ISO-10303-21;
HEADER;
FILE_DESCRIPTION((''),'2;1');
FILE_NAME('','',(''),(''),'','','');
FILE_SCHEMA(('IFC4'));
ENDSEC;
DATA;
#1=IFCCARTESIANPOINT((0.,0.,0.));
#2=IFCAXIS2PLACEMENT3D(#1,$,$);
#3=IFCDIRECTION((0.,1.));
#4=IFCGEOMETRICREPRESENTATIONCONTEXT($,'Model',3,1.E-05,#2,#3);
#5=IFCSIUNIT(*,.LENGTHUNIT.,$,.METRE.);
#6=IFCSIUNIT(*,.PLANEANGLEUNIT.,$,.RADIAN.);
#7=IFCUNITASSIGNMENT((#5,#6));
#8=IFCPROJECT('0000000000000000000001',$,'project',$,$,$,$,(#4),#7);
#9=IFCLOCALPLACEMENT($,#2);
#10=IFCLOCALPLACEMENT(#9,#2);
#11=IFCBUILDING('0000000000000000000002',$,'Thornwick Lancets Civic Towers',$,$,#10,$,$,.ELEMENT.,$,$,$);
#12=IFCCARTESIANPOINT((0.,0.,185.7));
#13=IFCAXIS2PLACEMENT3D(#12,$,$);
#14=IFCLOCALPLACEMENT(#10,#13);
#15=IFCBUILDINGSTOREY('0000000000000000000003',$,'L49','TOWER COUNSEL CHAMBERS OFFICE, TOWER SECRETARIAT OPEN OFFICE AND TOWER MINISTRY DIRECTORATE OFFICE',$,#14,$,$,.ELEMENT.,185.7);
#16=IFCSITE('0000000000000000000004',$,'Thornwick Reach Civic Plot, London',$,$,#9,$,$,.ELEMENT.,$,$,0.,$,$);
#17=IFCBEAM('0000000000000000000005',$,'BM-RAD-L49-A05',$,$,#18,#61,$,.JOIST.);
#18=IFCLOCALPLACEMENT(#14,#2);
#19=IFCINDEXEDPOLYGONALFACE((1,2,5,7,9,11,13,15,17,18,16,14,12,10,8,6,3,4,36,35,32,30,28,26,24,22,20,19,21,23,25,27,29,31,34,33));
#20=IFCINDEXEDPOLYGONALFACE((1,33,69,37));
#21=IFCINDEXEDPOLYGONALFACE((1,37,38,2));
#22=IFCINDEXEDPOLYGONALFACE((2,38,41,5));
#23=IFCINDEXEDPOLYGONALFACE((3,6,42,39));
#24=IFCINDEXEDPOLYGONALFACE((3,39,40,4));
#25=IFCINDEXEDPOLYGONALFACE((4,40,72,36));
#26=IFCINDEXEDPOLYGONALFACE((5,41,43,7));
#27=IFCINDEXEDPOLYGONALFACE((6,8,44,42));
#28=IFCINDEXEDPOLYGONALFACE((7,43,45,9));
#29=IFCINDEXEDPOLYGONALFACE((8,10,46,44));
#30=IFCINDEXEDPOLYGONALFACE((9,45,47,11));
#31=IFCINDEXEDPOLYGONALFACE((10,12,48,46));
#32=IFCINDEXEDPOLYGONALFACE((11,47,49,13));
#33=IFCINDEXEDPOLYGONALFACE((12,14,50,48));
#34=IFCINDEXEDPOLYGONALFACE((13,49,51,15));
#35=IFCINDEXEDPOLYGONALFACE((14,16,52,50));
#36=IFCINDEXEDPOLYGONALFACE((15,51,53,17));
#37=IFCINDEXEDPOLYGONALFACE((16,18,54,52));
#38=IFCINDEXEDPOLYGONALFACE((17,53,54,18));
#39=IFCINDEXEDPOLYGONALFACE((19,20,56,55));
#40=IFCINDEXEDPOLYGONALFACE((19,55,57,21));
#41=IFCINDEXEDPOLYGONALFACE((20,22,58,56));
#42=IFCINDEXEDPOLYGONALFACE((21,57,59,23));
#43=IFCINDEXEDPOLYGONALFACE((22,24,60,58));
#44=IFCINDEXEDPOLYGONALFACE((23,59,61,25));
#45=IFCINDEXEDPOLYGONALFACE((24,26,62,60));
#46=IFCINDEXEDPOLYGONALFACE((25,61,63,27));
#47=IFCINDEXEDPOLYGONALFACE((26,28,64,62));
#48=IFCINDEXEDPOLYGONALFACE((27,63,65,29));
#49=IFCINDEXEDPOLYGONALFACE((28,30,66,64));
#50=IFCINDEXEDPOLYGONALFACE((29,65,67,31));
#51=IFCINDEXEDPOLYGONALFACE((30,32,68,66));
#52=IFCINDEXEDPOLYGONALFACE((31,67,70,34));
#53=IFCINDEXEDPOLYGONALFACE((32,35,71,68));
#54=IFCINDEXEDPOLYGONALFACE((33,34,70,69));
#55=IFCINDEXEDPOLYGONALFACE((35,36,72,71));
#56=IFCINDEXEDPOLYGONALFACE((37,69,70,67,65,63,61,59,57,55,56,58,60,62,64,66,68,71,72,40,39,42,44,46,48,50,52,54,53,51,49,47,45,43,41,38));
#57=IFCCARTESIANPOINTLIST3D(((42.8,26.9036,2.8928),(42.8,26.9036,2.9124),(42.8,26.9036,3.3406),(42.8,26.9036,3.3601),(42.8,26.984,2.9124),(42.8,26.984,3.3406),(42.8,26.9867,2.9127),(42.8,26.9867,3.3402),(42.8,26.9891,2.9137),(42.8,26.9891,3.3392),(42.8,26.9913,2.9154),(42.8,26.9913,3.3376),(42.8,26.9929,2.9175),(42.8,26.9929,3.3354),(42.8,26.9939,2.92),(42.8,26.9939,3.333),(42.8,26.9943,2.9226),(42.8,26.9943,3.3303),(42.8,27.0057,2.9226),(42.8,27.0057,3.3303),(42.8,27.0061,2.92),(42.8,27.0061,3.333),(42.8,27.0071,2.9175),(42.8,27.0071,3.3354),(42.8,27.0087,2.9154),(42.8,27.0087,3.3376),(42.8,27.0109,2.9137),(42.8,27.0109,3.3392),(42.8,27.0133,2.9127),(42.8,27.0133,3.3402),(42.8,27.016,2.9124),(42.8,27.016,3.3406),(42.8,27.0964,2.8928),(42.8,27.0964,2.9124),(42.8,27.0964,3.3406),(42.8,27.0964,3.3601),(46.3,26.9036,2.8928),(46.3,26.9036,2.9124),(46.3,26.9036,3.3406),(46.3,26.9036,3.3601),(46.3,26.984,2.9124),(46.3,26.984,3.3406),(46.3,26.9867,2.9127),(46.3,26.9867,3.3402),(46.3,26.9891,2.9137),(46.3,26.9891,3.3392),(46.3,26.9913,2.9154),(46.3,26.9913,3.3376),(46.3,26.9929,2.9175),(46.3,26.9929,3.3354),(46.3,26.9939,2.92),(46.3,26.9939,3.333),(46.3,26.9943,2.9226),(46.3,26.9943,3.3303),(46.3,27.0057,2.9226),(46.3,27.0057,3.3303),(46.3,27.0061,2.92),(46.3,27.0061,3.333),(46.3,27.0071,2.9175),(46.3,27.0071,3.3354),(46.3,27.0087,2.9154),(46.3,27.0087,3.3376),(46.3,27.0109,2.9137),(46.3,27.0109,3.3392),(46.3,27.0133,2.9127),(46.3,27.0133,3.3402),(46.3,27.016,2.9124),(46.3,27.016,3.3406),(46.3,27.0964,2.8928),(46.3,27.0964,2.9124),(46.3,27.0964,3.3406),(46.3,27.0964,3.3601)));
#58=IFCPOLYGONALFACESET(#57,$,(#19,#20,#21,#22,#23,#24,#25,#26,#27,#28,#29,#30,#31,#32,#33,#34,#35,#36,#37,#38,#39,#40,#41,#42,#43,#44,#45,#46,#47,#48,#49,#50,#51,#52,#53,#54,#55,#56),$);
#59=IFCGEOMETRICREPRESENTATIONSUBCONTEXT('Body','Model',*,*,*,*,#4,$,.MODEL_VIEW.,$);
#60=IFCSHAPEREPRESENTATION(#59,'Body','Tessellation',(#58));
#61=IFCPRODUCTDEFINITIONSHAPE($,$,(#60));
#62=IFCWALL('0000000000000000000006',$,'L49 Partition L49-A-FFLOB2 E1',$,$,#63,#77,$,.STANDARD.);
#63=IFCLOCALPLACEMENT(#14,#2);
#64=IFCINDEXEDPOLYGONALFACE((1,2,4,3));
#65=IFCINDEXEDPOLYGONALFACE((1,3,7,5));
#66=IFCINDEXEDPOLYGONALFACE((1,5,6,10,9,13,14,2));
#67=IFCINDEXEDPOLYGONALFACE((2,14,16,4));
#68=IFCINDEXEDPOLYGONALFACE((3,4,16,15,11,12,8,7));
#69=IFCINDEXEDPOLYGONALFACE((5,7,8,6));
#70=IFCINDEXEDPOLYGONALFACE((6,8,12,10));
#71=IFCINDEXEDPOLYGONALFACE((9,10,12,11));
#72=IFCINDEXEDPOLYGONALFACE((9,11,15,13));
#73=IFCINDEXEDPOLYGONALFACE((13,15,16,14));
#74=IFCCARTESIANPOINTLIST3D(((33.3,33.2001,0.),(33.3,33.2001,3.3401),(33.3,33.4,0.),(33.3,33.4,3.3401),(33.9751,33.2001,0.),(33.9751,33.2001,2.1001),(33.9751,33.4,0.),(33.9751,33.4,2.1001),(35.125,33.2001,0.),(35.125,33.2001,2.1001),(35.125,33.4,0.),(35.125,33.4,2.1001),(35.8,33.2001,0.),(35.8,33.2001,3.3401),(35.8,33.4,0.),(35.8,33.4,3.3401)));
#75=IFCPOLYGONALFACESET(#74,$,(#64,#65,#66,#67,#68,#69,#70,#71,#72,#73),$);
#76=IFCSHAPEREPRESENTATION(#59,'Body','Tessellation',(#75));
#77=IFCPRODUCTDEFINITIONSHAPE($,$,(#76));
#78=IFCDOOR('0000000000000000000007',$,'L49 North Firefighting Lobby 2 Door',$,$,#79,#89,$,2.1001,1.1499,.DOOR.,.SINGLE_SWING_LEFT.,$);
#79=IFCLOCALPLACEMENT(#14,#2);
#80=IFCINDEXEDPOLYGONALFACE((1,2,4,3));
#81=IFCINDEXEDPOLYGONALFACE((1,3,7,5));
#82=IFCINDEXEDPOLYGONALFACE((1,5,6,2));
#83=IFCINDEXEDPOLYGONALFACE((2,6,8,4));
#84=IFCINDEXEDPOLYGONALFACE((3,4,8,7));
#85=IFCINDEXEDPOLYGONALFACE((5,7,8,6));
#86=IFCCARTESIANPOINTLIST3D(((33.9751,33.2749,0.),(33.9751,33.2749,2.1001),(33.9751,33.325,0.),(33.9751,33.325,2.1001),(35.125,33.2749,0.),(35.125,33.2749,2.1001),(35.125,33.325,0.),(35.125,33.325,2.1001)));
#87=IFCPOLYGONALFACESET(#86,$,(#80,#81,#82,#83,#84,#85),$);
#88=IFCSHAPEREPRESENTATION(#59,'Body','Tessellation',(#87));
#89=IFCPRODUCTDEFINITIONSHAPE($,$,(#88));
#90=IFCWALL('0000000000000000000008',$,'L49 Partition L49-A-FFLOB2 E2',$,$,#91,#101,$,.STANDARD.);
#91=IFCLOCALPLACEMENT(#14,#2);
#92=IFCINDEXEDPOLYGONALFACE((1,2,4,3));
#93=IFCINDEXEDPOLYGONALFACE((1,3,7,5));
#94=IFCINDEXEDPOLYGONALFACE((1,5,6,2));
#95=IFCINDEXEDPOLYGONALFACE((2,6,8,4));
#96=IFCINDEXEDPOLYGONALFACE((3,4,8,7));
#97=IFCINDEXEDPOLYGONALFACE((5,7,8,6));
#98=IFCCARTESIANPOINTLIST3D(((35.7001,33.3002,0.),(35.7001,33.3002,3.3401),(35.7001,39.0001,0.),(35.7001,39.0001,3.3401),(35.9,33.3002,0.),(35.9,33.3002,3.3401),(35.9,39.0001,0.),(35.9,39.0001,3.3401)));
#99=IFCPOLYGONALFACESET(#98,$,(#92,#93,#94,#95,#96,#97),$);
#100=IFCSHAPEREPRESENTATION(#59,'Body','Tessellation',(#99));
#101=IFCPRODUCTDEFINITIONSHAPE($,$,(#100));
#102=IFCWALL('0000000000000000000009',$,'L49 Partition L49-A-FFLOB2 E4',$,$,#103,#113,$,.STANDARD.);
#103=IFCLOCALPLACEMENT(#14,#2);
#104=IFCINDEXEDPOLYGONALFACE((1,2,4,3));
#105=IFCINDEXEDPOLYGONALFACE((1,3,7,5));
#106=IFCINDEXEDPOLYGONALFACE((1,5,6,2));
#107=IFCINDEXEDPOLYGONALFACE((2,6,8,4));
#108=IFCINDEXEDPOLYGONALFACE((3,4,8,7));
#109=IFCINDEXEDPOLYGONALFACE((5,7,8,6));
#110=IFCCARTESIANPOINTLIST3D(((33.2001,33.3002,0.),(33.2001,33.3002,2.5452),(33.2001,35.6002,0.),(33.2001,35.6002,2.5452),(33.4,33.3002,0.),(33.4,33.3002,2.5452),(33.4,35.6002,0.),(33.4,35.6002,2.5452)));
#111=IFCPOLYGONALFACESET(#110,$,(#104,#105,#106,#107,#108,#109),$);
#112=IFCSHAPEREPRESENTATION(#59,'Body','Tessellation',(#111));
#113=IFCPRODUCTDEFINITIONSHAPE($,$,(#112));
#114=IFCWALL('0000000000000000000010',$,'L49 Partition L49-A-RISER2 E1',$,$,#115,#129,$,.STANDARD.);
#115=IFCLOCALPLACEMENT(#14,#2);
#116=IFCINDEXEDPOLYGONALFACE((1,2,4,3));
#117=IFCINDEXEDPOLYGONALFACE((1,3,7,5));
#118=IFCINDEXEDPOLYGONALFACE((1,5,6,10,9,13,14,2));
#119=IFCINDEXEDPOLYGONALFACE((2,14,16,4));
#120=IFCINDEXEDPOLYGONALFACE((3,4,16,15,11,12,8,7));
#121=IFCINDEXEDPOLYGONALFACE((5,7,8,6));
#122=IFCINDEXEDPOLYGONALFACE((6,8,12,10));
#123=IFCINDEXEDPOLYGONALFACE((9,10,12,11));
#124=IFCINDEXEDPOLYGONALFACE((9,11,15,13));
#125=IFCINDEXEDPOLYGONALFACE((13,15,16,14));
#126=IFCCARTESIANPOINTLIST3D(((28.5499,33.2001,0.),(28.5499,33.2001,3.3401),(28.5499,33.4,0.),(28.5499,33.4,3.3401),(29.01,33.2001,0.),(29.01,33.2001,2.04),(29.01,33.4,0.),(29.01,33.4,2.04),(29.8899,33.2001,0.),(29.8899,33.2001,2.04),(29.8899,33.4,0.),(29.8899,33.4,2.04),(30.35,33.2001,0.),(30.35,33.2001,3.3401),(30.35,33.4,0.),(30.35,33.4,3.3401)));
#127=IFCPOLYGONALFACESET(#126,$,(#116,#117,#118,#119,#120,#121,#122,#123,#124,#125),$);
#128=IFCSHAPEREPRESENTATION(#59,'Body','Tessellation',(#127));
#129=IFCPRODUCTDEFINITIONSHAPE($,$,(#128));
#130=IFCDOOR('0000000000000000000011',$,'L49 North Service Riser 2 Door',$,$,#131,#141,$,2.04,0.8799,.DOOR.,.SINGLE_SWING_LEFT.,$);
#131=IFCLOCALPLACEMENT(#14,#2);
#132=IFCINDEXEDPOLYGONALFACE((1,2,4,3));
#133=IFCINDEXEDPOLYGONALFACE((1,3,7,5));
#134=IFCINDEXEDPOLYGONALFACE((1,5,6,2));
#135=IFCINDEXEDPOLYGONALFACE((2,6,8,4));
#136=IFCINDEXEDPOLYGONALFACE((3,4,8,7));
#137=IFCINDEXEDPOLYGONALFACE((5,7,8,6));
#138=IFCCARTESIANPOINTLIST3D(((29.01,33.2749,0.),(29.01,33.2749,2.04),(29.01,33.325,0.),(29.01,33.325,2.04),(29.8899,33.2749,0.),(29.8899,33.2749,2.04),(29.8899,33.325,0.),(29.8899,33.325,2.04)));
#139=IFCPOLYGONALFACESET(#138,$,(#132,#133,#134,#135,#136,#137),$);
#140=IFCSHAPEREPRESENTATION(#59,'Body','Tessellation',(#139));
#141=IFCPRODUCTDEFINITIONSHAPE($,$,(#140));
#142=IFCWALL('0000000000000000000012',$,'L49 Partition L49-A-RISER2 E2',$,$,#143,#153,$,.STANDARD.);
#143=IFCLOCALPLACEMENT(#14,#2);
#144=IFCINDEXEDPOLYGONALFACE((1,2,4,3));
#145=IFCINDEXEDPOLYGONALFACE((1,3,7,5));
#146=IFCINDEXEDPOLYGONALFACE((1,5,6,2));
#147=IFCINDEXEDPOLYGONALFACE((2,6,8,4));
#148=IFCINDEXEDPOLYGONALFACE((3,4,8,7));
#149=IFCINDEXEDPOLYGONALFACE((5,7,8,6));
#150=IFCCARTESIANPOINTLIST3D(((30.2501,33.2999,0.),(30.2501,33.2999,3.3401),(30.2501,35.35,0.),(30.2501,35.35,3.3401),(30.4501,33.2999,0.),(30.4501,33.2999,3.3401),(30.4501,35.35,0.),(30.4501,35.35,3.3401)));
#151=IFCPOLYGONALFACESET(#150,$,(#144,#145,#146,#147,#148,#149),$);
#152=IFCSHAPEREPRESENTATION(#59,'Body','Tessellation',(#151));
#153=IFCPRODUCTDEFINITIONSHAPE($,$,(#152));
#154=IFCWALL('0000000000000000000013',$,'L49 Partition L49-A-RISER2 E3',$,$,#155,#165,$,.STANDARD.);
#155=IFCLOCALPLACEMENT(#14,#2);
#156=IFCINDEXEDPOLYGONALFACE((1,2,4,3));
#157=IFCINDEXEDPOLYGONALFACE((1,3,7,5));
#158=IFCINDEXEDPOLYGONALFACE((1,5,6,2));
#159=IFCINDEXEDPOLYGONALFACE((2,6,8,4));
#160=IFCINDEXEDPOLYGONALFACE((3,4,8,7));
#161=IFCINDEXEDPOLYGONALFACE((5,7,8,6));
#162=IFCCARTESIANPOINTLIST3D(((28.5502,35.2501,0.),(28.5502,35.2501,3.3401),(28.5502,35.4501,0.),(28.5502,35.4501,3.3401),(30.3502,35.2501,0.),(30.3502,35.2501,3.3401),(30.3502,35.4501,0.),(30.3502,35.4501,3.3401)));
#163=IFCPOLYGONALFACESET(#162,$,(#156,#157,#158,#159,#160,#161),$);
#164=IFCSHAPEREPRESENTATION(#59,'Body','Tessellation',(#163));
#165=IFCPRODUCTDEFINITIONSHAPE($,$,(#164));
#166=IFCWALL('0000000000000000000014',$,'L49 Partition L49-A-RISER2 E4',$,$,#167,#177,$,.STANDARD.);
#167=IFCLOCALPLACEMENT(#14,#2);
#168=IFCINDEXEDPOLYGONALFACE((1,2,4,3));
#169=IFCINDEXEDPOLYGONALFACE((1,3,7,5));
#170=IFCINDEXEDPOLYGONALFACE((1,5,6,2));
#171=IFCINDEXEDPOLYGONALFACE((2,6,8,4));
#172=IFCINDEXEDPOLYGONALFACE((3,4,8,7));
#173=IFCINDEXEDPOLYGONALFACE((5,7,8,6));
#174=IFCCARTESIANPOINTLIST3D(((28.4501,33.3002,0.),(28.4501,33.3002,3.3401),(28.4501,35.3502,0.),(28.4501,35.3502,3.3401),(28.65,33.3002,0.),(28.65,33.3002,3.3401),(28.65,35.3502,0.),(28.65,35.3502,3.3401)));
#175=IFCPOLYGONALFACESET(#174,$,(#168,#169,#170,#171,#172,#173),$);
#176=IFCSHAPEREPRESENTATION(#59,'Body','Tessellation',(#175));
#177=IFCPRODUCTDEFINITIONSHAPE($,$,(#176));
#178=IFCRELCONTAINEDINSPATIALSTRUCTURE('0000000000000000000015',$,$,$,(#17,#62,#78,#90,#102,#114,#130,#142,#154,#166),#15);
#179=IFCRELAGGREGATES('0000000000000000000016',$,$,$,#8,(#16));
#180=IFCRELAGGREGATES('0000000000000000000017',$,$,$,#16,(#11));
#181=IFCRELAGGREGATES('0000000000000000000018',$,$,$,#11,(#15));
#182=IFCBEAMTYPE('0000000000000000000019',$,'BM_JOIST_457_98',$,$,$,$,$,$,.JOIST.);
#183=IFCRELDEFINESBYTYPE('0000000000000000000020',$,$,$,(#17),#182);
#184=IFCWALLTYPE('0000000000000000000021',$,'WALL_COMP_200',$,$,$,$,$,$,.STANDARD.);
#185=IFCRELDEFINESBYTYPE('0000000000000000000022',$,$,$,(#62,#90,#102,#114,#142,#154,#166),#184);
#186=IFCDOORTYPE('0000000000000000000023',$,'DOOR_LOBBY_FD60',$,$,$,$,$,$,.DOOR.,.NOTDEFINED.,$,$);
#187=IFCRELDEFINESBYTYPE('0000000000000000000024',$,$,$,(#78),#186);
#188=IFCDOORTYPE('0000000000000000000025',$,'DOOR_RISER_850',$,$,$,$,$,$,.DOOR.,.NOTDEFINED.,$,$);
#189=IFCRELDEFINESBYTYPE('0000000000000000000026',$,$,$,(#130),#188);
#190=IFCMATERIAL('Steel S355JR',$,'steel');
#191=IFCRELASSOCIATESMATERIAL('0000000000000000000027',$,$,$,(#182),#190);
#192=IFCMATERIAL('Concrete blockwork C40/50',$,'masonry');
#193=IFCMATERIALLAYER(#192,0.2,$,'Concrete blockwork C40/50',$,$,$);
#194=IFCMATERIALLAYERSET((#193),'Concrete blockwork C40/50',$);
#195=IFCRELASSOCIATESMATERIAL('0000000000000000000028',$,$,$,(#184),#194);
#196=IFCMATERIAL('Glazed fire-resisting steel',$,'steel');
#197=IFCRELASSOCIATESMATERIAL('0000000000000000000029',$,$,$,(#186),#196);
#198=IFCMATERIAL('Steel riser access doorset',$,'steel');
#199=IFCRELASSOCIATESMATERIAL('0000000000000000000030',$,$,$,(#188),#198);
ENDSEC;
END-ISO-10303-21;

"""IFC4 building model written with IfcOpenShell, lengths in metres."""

from ifc_helpers import new_model, si_unit, direction, frame, frame_2d, origin, origin_2d, place, context, subcontext, project, spatial, rectangle, i_section, extrude, material, layer, layer_set, material_profile, profile_set, type_object, element, fill, save


model = new_model("IFC4")

# Units and contexts
model_context = context("Model", 3, precision=1e-05, world=origin(), true_north=direction((0.0, 1.0)))
body_context = subcontext(model_context, "Body", "Model", "MODEL_VIEW")
ifc_project = project(units=[si_unit("LENGTHUNIT", "METRE"), si_unit("PLANEANGLEUNIT", "RADIAN")], contexts=[model_context])

# Site, building, storey
site_placement = place(None, origin())
site = spatial("IfcSite", under=ifc_project, at=site_placement, Name="Thornwick Reach Civic Plot, London", CompositionType="ELEMENT", RefElevation=0.0)
building_placement = place(site_placement, origin())
building = spatial("IfcBuilding", under=site, at=building_placement, Name="Thornwick Lancets Civic Towers", CompositionType="ELEMENT")
storey_placement = place(building_placement, frame((0.0, 0.0, 185.7)))
storey = spatial("IfcBuildingStorey", under=building, at=storey_placement, Name="L49", Description="TOWER COUNSEL CHAMBERS OFFICE, TOWER SECRETARIAT OPEN OFFICE AND TOWER MINISTRY DIRECTORATE OFFICE", CompositionType="ELEMENT", Elevation=185.7)

# Beam
ifc_material_1 = material(Name="Steel S355JR", Category="steel")
ifc_material_profile_1 = material_profile(ifc_material_1, i_section(OverallWidth=0.1929, OverallDepth=0.4673, WebThickness=0.0115, FlangeThickness=0.0195, FilletRadius=0.0103, at=origin_2d()), Name="UKB 457x191x98")
ifc_profile_set_1 = profile_set([ifc_material_profile_1], Name="Steel S355JR")
beam_type_1 = type_object("IfcBeamType", Name="BM_JOIST_457_98", PredefinedType="JOIST", material=ifc_profile_set_1)
beam_1_placement = place(storey_placement, frame((42.8, 27.0, 3.1265), z_axis=(1.0, 0.0, 0.0), x_axis=(0.0, 1.0, 0.0)))
element("IfcBeam", 1, at=beam_1_placement, inside=storey, type_object=beam_type_1, Name="BM-RAD-L49-A05", PredefinedType="JOIST", context=body_context, shape_type="SweptSolid", body=[
    extrude(i_section(OverallWidth=0.1929, OverallDepth=0.4673, WebThickness=0.0115, FlangeThickness=0.0195, FilletRadius=0.0103, at=origin_2d()), origin(), (0.0, 0.0, 1.0), 3.5),
])

# Wall, opening, door
ifc_material_2 = material(Name="Concrete blockwork C40/50", Category="masonry")
ifc_layer_1 = layer(ifc_material_2, 0.2, Name="Concrete blockwork C40/50")
ifc_layer_set_1 = layer_set([ifc_layer_1], Name="Concrete blockwork C40/50")
wall_type_1 = type_object("IfcWallType", Name="WALL_COMP_200", PredefinedType="STANDARD", material=ifc_layer_set_1)
wall_1_placement = place(storey_placement, frame((33.3, 33.3, 0.0), z_axis=(0.0, 0.0, 1.0), x_axis=(1.0, 0.0, 0.0)))
wall_1 = element("IfcWall", 2, at=wall_1_placement, inside=storey, type_object=wall_type_1, Name="L49 Partition L49-A-FFLOB2 E1", PredefinedType="STANDARD", context=body_context, shape_type="SweptSolid", body=[
    extrude(rectangle(XDim=2.5, YDim=0.2, at=frame_2d((1.25, 0.0))), origin(), (0.0, 0.0, 1.0), 3.3401),
])
opening_1_placement = place(wall_1_placement, frame((0.675, 0.0, 0.0)))
opening_1 = element("IfcOpeningElement", 3, at=opening_1_placement, cuts=wall_1, PredefinedType="OPENING", context=body_context, shape_type="SweptSolid", body=[
    extrude(rectangle(XDim=1.1499, YDim=2.1001, at=frame_2d((0.575, 1.05))), frame((0.0, 0.1099, 0.0), z_axis=(0.0, -1.0, 0.0), x_axis=(1.0, 0.0, 0.0)), (0.0, 0.0, 1.0), 0.22),
])
ifc_material_3 = material(Name="Glazed fire-resisting steel", Category="steel")
door_type_1 = type_object("IfcDoorType", Name="DOOR_LOBBY_FD60", OperationType="NOTDEFINED", PredefinedType="DOOR", material=ifc_material_3)
door_1_placement = place(opening_1_placement, origin())
door_1 = element("IfcDoor", 4, at=door_1_placement, inside=storey, type_object=door_type_1, Name="L49 North Firefighting Lobby 2 Door", OperationType="SINGLE_SWING_LEFT", OverallHeight=2.1001, OverallWidth=1.1499, PredefinedType="DOOR", context=body_context, shape_type="SweptSolid", body=[
    extrude(rectangle(XDim=1.1499, YDim=2.1001, at=frame_2d((0.575, 1.05))), frame((0.0, 0.0249, 0.0), z_axis=(0.0, -1.0, 0.0), x_axis=(1.0, 0.0, 0.0)), (0.0, 0.0, 1.0), 0.05),
])
fill(opening_1, door_1)

# Walls
wall_2_placement = place(storey_placement, frame((35.8, 33.3, 0.0), z_axis=(0.0, 0.0, 1.0), x_axis=(0.0, 1.0, 0.0)))
element("IfcWall", 5, at=wall_2_placement, inside=storey, type_object=wall_type_1, Name="L49 Partition L49-A-FFLOB2 E2", PredefinedType="STANDARD", context=body_context, shape_type="SweptSolid", body=[
    extrude(rectangle(XDim=5.7, YDim=0.2, at=frame_2d((2.8501, 0.0))), origin(), (0.0, 0.0, 1.0), 3.3401),
])
wall_3_placement = place(storey_placement, frame((33.3, 35.6001, 0.0), z_axis=(0.0, 0.0, 1.0), x_axis=(0.0, -1.0, 0.0)))
element("IfcWall", 6, at=wall_3_placement, inside=storey, type_object=wall_type_1, Name="L49 Partition L49-A-FFLOB2 E4", PredefinedType="STANDARD", context=body_context, shape_type="SweptSolid", body=[
    extrude(rectangle(XDim=2.3, YDim=0.2, at=frame_2d((1.1499, 0.0))), origin(), (0.0, 0.0, 1.0), 2.5452),
])

# Wall, opening, door
wall_4_placement = place(storey_placement, frame((28.55, 33.3, 0.0), z_axis=(0.0, 0.0, 1.0), x_axis=(1.0, 0.0, 0.0)))
wall_4 = element("IfcWall", 7, at=wall_4_placement, inside=storey, type_object=wall_type_1, Name="L49 Partition L49-A-RISER2 E1", PredefinedType="STANDARD", context=body_context, shape_type="SweptSolid", body=[
    extrude(rectangle(XDim=1.8, YDim=0.2, at=frame_2d((0.8999, 0.0))), origin(), (0.0, 0.0, 1.0), 3.3401),
])
opening_2_placement = place(wall_4_placement, frame((0.46, 0.0, 0.0)))
opening_2 = element("IfcOpeningElement", 8, at=opening_2_placement, cuts=wall_4, PredefinedType="OPENING", context=body_context, shape_type="SweptSolid", body=[
    extrude(rectangle(XDim=0.8799, YDim=2.04, at=frame_2d((0.4399, 1.02))), frame((0.0, 0.1099, 0.0), z_axis=(0.0, -1.0, 0.0), x_axis=(1.0, 0.0, 0.0)), (0.0, 0.0, 1.0), 0.22),
])
ifc_material_4 = material(Name="Steel riser access doorset", Category="steel")
door_type_2 = type_object("IfcDoorType", Name="DOOR_RISER_850", OperationType="NOTDEFINED", PredefinedType="DOOR", material=ifc_material_4)
door_2_placement = place(opening_2_placement, origin())
door_2 = element("IfcDoor", 9, at=door_2_placement, inside=storey, type_object=door_type_2, Name="L49 North Service Riser 2 Door", OperationType="SINGLE_SWING_LEFT", OverallHeight=2.04, OverallWidth=0.8799, PredefinedType="DOOR", context=body_context, shape_type="SweptSolid", body=[
    extrude(rectangle(XDim=0.8799, YDim=2.04, at=frame_2d((0.4399, 1.02))), frame((0.0, 0.0249, 0.0), z_axis=(0.0, -1.0, 0.0), x_axis=(1.0, 0.0, 0.0)), (0.0, 0.0, 1.0), 0.05),
])
fill(opening_2, door_2)

# Walls
wall_5_placement = place(storey_placement, frame((30.3501, 33.3, 0.0), z_axis=(0.0, 0.0, 1.0), x_axis=(0.0, 1.0, 0.0)))
element("IfcWall", 10, at=wall_5_placement, inside=storey, type_object=wall_type_1, Name="L49 Partition L49-A-RISER2 E2", PredefinedType="STANDARD", context=body_context, shape_type="SweptSolid", body=[
    extrude(rectangle(XDim=2.05, YDim=0.2, at=frame_2d((1.0249, 0.0))), origin(), (0.0, 0.0, 1.0), 3.3401),
])
wall_6_placement = place(storey_placement, frame((30.3501, 35.3501, 0.0), z_axis=(0.0, 0.0, 1.0), x_axis=(-1.0, 0.0, 0.0)))
element("IfcWall", 11, at=wall_6_placement, inside=storey, type_object=wall_type_1, Name="L49 Partition L49-A-RISER2 E3", PredefinedType="STANDARD", context=body_context, shape_type="SweptSolid", body=[
    extrude(rectangle(XDim=1.8, YDim=0.2, at=frame_2d((0.8999, 0.0))), origin(), (0.0, 0.0, 1.0), 3.3401),
])
wall_7_placement = place(storey_placement, frame((28.55, 35.3501, 0.0), z_axis=(0.0, 0.0, 1.0), x_axis=(0.0, -1.0, 0.0)))
element("IfcWall", 12, at=wall_7_placement, inside=storey, type_object=wall_type_1, Name="L49 Partition L49-A-RISER2 E4", PredefinedType="STANDARD", context=body_context, shape_type="SweptSolid", body=[
    extrude(rectangle(XDim=2.05, YDim=0.2, at=frame_2d((1.0249, 0.0))), origin(), (0.0, 0.0, 1.0), 3.3401),
])

save(model, "model.ifc")
